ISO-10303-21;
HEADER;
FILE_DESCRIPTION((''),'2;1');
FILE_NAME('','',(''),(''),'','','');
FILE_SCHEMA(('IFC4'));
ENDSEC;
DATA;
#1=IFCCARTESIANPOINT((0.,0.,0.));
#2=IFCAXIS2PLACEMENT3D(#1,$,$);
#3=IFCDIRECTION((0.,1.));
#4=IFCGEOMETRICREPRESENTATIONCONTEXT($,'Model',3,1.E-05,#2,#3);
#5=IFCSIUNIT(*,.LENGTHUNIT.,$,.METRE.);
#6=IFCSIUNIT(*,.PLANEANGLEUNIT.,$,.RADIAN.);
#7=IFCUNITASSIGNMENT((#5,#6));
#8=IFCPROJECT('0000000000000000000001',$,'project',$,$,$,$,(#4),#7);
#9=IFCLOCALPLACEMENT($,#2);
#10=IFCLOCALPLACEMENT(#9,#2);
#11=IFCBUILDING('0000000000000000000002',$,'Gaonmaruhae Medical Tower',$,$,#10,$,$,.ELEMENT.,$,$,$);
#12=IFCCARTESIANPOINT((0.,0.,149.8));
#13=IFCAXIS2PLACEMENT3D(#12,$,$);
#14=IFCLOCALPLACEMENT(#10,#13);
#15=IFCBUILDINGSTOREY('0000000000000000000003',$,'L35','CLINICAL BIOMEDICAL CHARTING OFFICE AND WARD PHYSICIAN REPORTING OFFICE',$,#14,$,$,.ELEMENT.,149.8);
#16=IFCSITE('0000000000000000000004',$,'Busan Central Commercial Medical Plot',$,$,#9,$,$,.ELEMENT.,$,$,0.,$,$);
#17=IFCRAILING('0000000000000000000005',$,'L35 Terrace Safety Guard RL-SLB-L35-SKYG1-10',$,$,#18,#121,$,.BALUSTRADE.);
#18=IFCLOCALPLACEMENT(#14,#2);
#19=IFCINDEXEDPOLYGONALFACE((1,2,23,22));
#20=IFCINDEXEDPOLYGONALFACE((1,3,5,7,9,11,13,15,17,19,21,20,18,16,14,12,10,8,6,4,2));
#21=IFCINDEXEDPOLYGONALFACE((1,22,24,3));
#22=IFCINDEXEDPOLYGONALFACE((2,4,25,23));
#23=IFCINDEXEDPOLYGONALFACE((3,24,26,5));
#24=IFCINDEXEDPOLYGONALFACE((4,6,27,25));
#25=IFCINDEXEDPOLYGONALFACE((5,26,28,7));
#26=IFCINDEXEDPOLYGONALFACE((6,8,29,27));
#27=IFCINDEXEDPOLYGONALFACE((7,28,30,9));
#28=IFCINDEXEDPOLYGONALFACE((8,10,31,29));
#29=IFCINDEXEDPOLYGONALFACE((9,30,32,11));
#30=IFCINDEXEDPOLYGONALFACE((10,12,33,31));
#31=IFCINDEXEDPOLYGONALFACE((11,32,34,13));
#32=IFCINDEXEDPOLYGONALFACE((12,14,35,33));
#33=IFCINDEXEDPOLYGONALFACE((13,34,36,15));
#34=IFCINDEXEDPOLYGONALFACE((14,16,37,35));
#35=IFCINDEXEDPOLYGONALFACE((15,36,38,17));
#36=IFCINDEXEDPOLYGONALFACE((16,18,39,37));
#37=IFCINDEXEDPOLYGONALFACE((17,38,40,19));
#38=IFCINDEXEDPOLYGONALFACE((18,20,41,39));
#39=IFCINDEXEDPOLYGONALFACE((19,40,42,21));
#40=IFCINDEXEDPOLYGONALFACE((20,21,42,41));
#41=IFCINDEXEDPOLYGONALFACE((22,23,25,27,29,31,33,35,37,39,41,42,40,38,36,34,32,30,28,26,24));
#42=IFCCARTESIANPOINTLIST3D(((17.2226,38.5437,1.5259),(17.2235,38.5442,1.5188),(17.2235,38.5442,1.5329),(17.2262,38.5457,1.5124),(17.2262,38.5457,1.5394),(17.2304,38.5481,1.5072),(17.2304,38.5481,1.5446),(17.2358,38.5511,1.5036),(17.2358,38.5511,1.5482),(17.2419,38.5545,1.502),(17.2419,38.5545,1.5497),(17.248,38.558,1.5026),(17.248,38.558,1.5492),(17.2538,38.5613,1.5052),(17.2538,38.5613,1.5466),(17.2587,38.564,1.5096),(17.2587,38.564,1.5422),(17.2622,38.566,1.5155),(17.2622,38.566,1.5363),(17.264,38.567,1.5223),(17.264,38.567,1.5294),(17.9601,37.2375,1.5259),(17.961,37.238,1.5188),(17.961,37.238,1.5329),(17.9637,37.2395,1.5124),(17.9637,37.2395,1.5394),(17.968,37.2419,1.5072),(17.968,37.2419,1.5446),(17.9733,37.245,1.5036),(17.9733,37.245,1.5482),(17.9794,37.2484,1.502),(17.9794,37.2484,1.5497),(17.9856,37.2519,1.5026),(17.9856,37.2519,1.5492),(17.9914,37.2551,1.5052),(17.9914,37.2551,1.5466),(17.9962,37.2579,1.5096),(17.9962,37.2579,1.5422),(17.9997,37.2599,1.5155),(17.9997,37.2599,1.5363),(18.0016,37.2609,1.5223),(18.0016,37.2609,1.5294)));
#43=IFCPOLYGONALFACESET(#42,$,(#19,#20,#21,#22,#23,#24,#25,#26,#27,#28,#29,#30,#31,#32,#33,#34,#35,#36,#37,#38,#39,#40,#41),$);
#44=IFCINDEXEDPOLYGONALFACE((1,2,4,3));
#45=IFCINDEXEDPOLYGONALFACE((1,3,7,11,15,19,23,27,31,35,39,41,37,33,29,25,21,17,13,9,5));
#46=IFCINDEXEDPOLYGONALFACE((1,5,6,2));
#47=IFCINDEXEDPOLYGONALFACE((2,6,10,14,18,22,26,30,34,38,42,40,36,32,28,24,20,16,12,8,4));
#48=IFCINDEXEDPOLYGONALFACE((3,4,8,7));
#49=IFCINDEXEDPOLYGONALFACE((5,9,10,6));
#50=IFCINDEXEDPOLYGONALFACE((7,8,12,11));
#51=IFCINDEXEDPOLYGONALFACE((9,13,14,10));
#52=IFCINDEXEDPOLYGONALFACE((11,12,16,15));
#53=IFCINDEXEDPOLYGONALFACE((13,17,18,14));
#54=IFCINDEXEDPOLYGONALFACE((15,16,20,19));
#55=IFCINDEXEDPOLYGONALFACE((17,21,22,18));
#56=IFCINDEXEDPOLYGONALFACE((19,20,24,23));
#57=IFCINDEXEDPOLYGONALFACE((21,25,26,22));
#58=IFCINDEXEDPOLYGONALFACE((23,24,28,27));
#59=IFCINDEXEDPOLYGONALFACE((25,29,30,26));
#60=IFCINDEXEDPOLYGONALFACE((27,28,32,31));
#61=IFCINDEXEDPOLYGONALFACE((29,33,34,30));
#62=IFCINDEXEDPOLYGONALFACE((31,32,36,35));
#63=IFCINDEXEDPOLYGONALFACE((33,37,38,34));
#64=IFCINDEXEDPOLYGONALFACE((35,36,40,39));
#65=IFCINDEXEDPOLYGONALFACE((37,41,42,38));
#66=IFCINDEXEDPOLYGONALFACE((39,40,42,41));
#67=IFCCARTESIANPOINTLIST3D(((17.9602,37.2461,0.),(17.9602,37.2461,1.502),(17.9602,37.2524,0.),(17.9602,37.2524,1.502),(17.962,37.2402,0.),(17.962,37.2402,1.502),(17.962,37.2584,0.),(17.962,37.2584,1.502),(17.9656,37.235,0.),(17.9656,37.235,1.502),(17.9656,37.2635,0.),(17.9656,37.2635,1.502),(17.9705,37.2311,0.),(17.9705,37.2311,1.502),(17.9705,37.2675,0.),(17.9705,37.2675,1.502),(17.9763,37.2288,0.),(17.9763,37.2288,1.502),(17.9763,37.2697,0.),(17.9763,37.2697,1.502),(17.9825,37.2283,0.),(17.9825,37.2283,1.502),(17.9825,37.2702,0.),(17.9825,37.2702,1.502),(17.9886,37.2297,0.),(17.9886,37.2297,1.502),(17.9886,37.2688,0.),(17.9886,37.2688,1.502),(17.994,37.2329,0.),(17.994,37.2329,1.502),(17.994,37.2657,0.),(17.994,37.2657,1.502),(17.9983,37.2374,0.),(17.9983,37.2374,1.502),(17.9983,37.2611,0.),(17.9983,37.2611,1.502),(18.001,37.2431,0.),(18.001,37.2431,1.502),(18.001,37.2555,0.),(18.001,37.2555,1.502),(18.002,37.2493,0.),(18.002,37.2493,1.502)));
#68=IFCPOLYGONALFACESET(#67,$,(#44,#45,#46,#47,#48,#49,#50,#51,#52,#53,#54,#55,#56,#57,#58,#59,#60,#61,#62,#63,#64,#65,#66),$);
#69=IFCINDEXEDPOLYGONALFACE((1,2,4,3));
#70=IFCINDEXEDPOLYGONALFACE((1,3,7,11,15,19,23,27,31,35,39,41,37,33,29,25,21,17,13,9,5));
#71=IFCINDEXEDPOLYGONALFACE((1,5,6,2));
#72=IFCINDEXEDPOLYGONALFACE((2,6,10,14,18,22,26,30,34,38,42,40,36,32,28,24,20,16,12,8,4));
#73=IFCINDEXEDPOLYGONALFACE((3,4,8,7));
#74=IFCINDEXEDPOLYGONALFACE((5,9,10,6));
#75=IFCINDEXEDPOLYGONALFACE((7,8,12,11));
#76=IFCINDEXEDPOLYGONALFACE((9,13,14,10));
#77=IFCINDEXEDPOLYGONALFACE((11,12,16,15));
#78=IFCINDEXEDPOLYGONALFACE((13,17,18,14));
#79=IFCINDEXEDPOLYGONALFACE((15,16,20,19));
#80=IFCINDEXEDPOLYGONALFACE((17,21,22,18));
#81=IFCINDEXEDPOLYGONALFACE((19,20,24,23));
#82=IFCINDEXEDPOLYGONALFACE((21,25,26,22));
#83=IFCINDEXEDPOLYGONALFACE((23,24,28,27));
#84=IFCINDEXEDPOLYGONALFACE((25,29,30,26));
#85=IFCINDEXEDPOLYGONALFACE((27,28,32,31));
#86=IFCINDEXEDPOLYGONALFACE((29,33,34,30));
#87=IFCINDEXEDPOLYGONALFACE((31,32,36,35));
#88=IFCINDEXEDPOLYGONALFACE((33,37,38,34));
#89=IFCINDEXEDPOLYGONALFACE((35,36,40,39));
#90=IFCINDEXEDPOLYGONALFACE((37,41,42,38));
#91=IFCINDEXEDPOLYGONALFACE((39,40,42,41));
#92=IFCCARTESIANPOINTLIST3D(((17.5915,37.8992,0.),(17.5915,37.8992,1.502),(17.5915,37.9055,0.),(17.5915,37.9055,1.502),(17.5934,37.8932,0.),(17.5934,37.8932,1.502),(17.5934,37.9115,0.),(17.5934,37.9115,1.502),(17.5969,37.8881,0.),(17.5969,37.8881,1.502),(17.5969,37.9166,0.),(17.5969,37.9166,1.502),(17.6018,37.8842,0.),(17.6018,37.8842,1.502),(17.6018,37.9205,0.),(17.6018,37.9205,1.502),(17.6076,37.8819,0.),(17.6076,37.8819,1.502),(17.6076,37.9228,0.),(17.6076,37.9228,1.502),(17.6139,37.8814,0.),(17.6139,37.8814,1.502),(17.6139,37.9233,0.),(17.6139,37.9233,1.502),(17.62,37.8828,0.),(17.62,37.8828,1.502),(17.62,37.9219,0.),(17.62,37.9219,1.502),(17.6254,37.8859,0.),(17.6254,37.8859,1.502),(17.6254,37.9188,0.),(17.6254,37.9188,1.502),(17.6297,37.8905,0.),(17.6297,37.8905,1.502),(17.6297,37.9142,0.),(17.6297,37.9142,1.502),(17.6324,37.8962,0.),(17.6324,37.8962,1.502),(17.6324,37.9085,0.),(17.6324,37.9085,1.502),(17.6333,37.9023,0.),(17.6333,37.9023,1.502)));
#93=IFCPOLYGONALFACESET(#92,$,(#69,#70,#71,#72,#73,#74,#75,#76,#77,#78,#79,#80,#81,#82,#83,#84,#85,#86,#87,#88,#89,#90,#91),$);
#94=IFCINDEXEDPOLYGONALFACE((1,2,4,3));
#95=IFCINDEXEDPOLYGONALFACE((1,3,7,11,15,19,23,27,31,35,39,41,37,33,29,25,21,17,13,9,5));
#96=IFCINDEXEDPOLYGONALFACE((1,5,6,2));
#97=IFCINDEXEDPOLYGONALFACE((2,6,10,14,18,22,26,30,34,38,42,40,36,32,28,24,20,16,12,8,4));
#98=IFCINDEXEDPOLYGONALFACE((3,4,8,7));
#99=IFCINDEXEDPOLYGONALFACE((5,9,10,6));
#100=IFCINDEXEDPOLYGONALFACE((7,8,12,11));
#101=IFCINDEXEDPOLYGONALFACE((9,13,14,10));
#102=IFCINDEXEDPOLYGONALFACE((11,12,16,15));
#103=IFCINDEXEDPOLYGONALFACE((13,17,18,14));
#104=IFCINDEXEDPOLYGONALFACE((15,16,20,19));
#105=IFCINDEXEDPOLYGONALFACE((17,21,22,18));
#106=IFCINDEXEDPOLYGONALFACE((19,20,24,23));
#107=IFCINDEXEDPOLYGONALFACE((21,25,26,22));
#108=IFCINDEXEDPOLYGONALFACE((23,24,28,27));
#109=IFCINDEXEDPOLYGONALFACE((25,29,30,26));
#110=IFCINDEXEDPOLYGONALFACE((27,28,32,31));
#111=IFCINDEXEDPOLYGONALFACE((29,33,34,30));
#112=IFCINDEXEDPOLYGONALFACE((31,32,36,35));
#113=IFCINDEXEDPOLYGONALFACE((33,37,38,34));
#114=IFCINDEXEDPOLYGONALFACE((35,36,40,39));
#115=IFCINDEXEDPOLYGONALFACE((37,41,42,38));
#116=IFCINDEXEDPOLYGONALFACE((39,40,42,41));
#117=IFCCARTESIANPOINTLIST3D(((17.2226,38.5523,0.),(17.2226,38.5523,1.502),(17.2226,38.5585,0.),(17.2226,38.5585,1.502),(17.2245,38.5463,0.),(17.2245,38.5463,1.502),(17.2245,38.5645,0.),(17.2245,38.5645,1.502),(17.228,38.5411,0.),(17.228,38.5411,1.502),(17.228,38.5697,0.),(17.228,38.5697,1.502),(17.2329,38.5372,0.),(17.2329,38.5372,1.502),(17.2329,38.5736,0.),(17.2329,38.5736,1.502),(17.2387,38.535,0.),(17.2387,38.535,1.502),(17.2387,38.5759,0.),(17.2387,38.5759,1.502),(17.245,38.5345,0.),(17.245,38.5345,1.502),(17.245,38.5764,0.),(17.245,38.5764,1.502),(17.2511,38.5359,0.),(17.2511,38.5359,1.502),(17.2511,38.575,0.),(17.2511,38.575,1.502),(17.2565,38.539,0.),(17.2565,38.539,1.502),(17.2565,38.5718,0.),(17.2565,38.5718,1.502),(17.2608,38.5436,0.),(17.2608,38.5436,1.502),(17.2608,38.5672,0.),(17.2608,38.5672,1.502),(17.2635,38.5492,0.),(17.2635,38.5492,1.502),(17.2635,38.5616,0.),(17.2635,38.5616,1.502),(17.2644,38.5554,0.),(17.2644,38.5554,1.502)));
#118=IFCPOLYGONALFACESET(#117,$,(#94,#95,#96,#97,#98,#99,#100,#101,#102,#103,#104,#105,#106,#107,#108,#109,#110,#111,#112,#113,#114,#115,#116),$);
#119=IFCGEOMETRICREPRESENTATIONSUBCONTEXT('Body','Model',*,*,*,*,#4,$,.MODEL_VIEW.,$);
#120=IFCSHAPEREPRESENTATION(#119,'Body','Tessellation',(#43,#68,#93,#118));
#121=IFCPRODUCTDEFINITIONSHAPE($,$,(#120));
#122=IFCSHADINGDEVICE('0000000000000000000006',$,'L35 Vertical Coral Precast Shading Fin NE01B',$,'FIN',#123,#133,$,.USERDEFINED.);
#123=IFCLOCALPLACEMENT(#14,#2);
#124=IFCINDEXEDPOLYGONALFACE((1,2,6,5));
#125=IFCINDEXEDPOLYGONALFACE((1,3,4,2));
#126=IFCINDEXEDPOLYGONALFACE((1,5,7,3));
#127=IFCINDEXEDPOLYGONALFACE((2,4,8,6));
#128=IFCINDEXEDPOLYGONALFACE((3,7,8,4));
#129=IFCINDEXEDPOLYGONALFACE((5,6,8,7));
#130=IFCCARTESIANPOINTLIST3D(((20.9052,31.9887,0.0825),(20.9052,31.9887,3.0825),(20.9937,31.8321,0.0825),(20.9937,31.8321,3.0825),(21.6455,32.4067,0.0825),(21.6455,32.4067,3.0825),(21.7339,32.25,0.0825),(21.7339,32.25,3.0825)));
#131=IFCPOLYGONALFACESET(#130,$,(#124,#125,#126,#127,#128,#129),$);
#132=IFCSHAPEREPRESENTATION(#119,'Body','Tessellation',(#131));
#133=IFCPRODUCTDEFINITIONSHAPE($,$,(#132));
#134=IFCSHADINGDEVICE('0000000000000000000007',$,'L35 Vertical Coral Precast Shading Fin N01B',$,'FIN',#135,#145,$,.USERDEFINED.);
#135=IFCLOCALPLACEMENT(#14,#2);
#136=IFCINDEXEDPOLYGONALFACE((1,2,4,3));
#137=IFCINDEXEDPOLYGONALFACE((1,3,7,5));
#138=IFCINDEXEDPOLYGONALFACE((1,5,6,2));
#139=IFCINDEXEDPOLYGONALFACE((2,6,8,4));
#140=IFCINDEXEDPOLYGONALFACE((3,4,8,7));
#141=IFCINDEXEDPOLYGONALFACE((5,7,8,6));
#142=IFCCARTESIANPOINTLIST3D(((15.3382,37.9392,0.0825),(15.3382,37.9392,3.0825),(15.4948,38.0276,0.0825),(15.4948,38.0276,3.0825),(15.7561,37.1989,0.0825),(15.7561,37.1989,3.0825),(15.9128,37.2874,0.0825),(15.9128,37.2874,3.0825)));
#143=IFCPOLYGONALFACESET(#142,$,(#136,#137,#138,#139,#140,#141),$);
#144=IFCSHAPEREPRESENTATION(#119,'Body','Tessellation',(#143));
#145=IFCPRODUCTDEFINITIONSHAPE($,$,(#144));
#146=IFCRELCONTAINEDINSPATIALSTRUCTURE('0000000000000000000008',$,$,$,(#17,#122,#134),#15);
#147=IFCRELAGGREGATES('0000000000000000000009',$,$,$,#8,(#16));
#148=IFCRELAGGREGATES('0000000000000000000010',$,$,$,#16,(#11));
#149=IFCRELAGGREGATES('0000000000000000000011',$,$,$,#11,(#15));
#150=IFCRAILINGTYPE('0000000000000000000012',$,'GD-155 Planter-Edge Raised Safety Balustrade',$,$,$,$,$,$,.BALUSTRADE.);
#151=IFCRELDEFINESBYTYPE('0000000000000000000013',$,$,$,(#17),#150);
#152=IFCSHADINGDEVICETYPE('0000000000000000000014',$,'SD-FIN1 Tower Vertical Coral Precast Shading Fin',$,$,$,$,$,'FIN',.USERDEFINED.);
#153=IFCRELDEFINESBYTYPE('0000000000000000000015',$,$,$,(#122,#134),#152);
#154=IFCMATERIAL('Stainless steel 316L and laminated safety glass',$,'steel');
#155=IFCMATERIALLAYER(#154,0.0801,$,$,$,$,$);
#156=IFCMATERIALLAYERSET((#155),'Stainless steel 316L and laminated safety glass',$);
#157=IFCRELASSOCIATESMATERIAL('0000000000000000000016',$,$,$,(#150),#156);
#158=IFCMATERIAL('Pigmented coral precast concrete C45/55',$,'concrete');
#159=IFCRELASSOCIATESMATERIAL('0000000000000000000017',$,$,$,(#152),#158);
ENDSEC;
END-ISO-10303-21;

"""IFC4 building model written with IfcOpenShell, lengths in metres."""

from ifc_helpers import new_model, si_unit, direction, frame, origin, origin_2d, place, context, subcontext, project, spatial, rectangle, circle, extrude, material, layer, layer_set, type_object, element, save


model = new_model("IFC4")

# Units and contexts
model_context = context("Model", 3, precision=1e-05, world=origin(), true_north=direction((0.0, 1.0)))
body_context = subcontext(model_context, "Body", "Model", "MODEL_VIEW")
ifc_project = project(units=[si_unit("LENGTHUNIT", "METRE"), si_unit("PLANEANGLEUNIT", "RADIAN")], contexts=[model_context])

# Site, building, storey
site_placement = place(None, origin())
site = spatial("IfcSite", under=ifc_project, at=site_placement, Name="Busan Central Commercial Medical Plot", CompositionType="ELEMENT", RefElevation=0.0)
building_placement = place(site_placement, origin())
building = spatial("IfcBuilding", under=site, at=building_placement, Name="Gaonmaruhae Medical Tower", CompositionType="ELEMENT")
storey_placement = place(building_placement, frame((0.0, 0.0, 149.8)))
storey = spatial("IfcBuildingStorey", under=building, at=storey_placement, Name="L35", Description="CLINICAL BIOMEDICAL CHARTING OFFICE AND WARD PHYSICIAN REPORTING OFFICE", CompositionType="ELEMENT", Elevation=149.8)

# Railing
ifc_material_1 = material(Name="Stainless steel 316L and laminated safety glass", Category="steel")
ifc_layer_1 = layer(ifc_material_1, 0.0801)
ifc_layer_set_1 = layer_set([ifc_layer_1], Name="Stainless steel 316L and laminated safety glass")
railing_type = type_object("IfcRailingType", Name="GD-155 Planter-Edge Raised Safety Balustrade", PredefinedType="BALUSTRADE", material=ifc_layer_set_1)
railing_1_placement = place(storey_placement, frame((17.981, 37.2493, 0.0)))
element("IfcRailing", 1, at=railing_1_placement, inside=storey, type_object=railing_type, Name="L35 Terrace Safety Guard RL-SLB-L35-SKYG1-10", PredefinedType="BALUSTRADE", context=body_context, shape_type="SweptSolid", body=[
    extrude(circle(Radius=0.0239, at=origin_2d()), frame((0.0, 0.0, 1.5259), z_axis=(-0.491698, 0.870766, 0.0), x_axis=(-0.870766, -0.491698, 0.0)), (0.0, 0.0, 1.0), 1.5),
    extrude(circle(Radius=0.021, at=origin_2d()), origin(), (0.0, 0.0, 1.0), 1.502),
    extrude(circle(Radius=0.021, at=origin_2d()), frame((-0.3687, 0.6531, 0.0)), (0.0, 0.0, 1.0), 1.502),
    extrude(circle(Radius=0.021, at=origin_2d()), frame((-0.7375, 1.3062, 0.0)), (0.0, 0.0, 1.0), 1.502),
])

# Shading devices
ifc_material_2 = material(Name="Pigmented coral precast concrete C45/55", Category="concrete")
shading_device_type = type_object("IfcShadingDeviceType", Name="SD-FIN1 Tower Vertical Coral Precast Shading Fin", ElementType="FIN", PredefinedType="USERDEFINED", material=ifc_material_2)
for number, where, z_axis, x_axis, name in (
    (2, (21.3196, 32.1194, 0.0825), (0.0, 0.0, 1.0), (-0.491664, 0.870785, 0.0), "L35 Vertical Coral Precast Shading Fin NE01B"),
    (3, (15.6255, 37.6133, 0.0825), (0.0, 0.0, 1.0), (0.870785, 0.491664, 0.0), "L35 Vertical Coral Precast Shading Fin N01B"),
):
    element("IfcShadingDevice", number, at=place(storey_placement, frame(where, z_axis=z_axis, x_axis=x_axis)), inside=storey, type_object=shading_device_type, Name=name, ObjectType="FIN", PredefinedType="USERDEFINED", context=body_context, shape_type="SweptSolid", body=[
        extrude(rectangle(XDim=0.1799, YDim=0.8501, at=origin_2d()), origin(), (0.0, 0.0, 1.0), 3.0),
    ])

save(model, "model.ifc")
